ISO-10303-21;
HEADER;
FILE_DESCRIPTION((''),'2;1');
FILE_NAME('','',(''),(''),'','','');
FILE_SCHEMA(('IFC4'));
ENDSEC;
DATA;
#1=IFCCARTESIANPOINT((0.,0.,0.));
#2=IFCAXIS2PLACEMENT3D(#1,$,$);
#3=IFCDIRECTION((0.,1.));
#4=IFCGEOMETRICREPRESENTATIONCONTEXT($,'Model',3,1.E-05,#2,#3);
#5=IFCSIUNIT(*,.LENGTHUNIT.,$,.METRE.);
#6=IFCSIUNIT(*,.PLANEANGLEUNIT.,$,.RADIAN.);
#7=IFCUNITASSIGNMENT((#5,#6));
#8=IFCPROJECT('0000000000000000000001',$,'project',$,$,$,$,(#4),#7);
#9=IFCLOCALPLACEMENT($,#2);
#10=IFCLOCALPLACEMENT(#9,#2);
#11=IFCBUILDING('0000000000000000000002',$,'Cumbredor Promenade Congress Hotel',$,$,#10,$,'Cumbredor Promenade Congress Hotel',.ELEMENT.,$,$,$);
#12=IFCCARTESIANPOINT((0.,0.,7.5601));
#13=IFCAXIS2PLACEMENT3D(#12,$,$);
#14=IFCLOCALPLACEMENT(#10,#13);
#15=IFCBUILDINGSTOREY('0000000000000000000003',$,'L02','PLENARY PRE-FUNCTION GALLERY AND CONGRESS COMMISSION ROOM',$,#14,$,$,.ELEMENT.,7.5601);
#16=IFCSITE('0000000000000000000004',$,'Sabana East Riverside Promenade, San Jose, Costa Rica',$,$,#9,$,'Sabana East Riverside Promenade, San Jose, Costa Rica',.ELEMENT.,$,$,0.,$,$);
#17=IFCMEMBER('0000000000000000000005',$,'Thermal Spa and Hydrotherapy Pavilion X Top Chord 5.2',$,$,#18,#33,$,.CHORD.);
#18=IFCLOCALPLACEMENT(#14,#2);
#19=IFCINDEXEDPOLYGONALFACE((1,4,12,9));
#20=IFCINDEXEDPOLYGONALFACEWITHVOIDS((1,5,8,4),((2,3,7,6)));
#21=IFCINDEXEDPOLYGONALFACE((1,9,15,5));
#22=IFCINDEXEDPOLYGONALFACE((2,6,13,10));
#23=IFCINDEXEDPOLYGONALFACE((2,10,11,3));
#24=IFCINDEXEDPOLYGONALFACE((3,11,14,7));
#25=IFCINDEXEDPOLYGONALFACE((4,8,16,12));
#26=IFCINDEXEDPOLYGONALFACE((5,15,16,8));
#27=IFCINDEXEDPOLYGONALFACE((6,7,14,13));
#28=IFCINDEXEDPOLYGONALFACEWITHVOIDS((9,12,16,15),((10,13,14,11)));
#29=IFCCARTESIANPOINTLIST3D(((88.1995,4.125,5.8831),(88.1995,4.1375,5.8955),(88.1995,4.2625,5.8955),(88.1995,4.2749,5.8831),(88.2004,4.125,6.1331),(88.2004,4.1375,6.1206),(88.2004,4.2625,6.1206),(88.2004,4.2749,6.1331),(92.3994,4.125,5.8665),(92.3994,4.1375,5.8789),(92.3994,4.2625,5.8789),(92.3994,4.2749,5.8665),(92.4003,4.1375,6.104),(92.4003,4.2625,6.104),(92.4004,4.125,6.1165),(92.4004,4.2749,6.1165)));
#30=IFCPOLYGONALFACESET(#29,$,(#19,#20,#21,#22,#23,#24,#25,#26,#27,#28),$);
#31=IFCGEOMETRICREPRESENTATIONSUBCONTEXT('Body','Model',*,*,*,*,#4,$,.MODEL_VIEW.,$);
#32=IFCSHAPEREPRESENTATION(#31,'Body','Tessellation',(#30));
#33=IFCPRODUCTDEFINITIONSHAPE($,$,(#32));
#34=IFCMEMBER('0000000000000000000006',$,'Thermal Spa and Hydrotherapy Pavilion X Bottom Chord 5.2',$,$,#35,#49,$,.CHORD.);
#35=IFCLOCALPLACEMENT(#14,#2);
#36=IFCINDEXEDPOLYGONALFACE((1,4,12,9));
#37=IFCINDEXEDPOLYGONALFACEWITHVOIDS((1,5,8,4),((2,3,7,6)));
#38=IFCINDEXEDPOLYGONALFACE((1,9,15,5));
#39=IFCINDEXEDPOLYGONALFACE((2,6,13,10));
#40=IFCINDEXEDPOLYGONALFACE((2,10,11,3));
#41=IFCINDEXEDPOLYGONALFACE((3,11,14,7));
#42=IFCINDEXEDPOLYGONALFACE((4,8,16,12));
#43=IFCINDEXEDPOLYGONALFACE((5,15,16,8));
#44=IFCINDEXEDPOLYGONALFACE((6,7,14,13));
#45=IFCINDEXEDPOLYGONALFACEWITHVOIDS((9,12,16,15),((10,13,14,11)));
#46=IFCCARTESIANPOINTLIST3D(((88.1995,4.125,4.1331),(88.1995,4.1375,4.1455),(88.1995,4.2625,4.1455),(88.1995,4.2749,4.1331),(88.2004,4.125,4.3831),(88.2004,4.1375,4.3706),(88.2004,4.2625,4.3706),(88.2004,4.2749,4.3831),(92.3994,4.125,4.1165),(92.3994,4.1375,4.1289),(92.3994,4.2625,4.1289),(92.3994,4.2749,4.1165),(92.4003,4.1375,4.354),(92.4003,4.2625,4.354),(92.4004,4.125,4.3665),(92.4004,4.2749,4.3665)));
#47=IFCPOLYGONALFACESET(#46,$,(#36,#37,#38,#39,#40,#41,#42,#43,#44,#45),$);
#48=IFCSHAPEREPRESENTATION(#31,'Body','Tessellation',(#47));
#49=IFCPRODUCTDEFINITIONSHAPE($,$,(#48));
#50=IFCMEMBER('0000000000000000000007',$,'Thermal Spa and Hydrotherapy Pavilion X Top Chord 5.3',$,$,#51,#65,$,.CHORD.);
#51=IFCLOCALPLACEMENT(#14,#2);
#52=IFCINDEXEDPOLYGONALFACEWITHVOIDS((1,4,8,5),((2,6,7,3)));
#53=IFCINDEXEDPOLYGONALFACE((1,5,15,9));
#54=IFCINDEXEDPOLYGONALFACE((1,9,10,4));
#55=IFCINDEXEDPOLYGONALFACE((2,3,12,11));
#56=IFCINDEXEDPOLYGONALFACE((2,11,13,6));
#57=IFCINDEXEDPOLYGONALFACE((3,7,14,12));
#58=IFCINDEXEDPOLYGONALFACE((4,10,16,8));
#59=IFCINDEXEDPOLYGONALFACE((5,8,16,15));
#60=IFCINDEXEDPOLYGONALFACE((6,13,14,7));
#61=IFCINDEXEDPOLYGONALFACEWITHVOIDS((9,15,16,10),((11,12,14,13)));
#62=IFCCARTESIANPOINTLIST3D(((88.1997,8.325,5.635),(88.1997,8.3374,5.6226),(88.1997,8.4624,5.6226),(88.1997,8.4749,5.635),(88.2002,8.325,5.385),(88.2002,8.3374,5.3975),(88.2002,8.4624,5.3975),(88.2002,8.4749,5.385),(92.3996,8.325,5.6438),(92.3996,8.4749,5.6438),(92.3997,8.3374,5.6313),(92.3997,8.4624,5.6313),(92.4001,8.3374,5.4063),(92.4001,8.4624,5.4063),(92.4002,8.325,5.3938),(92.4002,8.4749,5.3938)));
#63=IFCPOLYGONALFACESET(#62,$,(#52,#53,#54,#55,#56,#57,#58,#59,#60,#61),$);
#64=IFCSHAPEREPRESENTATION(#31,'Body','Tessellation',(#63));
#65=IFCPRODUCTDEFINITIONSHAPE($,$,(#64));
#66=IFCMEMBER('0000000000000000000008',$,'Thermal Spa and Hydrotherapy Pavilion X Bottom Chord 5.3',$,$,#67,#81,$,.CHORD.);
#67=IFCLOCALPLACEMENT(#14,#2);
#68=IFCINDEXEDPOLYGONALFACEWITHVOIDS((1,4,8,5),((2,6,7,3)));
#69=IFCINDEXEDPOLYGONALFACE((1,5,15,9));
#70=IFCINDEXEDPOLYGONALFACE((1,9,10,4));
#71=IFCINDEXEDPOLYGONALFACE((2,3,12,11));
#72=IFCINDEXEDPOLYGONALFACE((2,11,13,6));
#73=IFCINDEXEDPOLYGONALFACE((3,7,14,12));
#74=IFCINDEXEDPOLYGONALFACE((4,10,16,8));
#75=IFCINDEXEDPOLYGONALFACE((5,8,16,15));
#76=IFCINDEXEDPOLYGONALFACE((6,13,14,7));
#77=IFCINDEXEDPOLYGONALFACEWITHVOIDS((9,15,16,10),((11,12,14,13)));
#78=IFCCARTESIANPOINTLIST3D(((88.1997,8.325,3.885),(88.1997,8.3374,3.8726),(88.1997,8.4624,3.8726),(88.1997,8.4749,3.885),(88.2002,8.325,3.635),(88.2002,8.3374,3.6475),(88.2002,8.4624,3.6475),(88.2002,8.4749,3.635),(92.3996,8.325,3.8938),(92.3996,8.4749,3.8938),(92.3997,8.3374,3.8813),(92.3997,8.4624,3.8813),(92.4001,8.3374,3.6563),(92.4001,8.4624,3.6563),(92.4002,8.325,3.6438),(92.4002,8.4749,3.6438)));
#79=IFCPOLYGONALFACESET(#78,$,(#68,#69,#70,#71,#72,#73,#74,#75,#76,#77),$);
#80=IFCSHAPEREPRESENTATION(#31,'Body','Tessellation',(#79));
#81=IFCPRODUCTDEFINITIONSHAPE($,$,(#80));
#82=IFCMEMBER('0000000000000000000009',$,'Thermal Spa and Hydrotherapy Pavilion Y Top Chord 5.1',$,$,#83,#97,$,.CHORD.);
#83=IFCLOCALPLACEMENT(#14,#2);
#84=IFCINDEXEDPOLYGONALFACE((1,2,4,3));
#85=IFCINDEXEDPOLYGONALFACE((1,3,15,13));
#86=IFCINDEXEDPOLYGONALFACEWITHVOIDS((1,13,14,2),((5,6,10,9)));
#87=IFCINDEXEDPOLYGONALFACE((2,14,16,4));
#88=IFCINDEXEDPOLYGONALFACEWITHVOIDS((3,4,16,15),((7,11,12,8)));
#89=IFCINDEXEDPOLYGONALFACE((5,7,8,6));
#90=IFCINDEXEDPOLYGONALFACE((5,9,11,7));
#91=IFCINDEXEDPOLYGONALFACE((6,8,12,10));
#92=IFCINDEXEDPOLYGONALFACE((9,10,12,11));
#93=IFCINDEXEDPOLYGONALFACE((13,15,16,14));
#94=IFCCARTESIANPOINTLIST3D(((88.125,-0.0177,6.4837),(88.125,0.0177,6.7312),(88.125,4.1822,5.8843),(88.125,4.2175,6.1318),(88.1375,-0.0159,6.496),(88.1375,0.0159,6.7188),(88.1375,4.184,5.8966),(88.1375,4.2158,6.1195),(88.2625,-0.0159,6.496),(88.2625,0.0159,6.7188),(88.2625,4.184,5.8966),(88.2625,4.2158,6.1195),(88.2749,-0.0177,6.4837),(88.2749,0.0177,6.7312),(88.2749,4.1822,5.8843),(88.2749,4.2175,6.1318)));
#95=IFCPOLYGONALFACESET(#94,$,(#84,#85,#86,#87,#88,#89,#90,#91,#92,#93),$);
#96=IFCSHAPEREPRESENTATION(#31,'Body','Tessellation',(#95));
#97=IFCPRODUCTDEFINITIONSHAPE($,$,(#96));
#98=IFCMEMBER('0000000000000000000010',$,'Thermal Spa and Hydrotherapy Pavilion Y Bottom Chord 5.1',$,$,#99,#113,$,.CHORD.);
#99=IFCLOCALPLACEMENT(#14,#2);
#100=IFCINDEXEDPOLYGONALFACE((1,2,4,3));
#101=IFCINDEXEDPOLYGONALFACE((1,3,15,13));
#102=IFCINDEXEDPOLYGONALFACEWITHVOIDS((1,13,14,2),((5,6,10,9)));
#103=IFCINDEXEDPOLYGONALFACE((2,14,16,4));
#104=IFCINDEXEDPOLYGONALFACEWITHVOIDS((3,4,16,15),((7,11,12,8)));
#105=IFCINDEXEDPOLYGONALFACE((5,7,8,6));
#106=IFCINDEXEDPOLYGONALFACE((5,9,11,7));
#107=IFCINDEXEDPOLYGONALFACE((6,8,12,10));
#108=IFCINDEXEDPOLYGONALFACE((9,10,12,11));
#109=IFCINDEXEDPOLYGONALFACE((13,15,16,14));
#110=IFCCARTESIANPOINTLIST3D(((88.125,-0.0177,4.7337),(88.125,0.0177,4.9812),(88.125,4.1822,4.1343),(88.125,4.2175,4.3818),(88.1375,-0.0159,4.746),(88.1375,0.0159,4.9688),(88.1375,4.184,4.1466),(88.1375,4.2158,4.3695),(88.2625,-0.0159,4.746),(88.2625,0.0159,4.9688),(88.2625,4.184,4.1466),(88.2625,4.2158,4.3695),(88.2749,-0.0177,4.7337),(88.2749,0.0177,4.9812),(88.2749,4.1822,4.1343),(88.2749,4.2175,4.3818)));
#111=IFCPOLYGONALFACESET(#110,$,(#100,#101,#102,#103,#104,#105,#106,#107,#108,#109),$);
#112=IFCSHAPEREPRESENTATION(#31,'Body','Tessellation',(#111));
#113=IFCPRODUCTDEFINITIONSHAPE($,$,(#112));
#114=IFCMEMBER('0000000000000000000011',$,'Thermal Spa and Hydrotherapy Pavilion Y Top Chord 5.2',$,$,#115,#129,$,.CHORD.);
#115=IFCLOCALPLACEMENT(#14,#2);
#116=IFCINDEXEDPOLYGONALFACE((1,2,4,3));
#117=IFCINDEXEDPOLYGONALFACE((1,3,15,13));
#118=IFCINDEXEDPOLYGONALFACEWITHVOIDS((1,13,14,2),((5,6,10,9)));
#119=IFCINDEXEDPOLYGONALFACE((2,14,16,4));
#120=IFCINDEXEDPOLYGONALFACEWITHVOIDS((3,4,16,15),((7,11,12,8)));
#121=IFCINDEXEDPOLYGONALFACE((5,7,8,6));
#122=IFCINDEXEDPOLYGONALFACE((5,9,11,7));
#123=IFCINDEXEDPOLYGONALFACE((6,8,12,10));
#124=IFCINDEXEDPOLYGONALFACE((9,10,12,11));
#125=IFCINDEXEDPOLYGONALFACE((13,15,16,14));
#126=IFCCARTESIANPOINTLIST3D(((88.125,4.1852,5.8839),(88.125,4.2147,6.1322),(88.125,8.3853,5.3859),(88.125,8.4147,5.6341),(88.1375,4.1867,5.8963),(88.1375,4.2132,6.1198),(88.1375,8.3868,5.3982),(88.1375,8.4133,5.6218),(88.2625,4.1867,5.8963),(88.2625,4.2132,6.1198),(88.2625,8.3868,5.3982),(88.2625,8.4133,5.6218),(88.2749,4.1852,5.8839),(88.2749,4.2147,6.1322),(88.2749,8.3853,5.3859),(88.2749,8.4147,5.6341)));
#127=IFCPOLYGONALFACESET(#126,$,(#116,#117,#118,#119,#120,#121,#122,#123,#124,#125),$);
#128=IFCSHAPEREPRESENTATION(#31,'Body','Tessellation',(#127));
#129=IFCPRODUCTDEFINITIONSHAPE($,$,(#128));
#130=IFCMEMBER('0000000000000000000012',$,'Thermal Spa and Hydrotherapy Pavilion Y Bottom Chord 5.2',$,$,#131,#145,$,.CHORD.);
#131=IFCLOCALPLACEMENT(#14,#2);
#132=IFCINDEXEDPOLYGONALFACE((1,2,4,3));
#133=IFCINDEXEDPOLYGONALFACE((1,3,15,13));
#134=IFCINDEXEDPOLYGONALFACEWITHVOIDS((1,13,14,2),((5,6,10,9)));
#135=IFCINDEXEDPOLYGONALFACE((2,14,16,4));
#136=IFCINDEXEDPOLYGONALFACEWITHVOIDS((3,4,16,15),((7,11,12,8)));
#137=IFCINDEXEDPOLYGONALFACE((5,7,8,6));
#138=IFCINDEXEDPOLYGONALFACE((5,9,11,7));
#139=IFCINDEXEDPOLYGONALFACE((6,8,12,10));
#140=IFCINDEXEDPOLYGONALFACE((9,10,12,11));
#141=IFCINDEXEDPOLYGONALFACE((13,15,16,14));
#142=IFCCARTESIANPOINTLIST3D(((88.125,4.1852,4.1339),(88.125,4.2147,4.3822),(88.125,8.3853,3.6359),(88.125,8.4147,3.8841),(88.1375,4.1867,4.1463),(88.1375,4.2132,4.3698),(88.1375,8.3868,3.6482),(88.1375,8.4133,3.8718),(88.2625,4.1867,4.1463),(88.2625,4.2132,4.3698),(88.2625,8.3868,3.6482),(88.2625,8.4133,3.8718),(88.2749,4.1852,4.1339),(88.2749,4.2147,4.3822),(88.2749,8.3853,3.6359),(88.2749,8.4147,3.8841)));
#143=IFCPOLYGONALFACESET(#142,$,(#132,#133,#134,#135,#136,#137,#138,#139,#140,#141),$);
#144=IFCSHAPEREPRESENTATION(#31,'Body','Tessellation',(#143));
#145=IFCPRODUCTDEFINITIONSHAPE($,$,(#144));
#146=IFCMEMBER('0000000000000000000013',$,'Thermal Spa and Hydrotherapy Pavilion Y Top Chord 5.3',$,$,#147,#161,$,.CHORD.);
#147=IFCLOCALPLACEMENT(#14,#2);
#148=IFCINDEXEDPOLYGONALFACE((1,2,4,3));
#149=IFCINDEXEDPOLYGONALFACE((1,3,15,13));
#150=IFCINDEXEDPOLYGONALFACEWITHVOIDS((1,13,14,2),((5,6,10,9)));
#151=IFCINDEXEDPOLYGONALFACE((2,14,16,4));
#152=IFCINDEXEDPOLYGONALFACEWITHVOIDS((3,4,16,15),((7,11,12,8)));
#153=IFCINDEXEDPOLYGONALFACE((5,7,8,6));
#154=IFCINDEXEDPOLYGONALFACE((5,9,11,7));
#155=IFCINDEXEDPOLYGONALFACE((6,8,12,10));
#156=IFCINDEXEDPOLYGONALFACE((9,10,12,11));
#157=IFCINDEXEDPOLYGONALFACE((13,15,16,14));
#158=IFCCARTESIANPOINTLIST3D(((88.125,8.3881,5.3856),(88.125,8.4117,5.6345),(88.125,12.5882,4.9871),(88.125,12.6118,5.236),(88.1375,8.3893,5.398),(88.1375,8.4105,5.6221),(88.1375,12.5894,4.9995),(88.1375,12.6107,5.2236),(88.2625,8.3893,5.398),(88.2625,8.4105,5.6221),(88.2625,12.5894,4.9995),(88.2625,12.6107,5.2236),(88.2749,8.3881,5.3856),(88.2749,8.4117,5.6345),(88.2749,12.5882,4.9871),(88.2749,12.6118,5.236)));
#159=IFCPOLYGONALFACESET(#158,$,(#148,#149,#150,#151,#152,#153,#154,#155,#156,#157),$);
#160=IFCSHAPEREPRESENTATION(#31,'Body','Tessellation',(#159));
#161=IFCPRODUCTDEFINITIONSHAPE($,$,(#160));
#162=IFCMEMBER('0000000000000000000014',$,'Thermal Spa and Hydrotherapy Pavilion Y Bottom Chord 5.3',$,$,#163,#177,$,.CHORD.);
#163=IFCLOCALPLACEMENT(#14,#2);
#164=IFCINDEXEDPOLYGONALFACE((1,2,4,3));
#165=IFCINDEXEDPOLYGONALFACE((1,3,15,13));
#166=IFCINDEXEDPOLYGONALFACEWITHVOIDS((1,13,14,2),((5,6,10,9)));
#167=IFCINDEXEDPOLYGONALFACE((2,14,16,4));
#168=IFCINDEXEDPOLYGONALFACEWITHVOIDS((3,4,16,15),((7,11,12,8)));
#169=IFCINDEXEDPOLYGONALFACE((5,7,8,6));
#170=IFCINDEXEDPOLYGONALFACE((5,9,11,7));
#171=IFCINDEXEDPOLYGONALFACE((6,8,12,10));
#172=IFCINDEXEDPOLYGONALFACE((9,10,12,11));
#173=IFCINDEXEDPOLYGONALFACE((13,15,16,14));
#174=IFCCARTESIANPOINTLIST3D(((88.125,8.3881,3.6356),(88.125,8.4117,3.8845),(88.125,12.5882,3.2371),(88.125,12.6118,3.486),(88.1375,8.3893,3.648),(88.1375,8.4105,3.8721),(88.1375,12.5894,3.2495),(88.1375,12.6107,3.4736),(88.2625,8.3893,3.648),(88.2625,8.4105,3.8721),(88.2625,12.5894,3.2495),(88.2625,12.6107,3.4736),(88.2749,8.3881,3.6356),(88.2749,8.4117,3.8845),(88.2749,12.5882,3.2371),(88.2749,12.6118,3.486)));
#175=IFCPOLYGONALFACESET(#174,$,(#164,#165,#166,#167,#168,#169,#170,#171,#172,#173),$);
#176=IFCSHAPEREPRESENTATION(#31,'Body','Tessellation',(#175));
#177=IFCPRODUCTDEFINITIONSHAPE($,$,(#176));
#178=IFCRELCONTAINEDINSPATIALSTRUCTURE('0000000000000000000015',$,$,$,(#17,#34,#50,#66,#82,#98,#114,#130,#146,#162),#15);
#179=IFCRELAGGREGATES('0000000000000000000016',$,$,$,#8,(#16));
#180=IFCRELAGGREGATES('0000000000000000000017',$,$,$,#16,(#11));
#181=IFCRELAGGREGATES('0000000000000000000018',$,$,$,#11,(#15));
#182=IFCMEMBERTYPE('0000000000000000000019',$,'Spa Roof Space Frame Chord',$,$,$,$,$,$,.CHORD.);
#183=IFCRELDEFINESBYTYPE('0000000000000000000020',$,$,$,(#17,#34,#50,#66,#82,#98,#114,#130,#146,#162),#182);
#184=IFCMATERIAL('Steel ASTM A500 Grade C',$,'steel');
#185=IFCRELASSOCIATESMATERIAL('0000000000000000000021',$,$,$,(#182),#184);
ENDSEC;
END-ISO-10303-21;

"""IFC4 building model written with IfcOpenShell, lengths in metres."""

from ifc_helpers import new_model, si_unit, direction, frame, origin, origin_2d, place, context, subcontext, project, spatial, hollow_rectangle, extrude, material, material_profile, profile_set, type_object, element, save


model = new_model("IFC4")

# Units and contexts
model_context = context("Model", 3, precision=1e-05, world=origin(), true_north=direction((0.0, 1.0)))
body_context = subcontext(model_context, "Body", "Model", "MODEL_VIEW")
ifc_project = project(units=[si_unit("LENGTHUNIT", "METRE"), si_unit("PLANEANGLEUNIT", "RADIAN")], contexts=[model_context])

# Site, building, storey
site_placement = place(None, origin())
site = spatial("IfcSite", under=ifc_project, at=site_placement, Name="Sabana East Riverside Promenade, San Jose, Costa Rica", LongName="Sabana East Riverside Promenade, San Jose, Costa Rica", CompositionType="ELEMENT", RefElevation=0.0)
building_placement = place(site_placement, origin())
building = spatial("IfcBuilding", under=site, at=building_placement, Name="Cumbredor Promenade Congress Hotel", LongName="Cumbredor Promenade Congress Hotel", CompositionType="ELEMENT")
storey_placement = place(building_placement, frame((0.0, 0.0, 7.5601)))
storey = spatial("IfcBuildingStorey", under=building, at=storey_placement, Name="L02", Description="PLENARY PRE-FUNCTION GALLERY AND CONGRESS COMMISSION ROOM", CompositionType="ELEMENT", Elevation=7.5601)

# Members
ifc_material_1 = material(Name="Steel ASTM A500 Grade C", Category="steel")
ifc_material_profile_1 = material_profile(ifc_material_1, hollow_rectangle(XDim=0.1499, YDim=0.25, WallThickness=0.0125, at=origin_2d()), Name="HSS 250x150x12.5")
ifc_profile_set_1 = profile_set([ifc_material_profile_1], Name="Steel ASTM A500 Grade C")
member_type_1 = type_object("IfcMemberType", Name="Spa Roof Space Frame Chord", PredefinedType="CHORD", material=ifc_profile_set_1)
for number, where, z_axis, x_axis, name in (
    (1, (88.2, 4.2, 6.0081), (0.999992, 0.0, -0.003953), (0.0, 1.0, 0.0), "Thermal Spa and Hydrotherapy Pavilion X Top Chord 5.2"),
    (2, (88.2, 4.2, 4.2581), (0.999992, 0.0, -0.003953), (0.0, 1.0, 0.0), "Thermal Spa and Hydrotherapy Pavilion X Bottom Chord 5.2"),
    (3, (88.2, 8.3999, 5.51), (0.999998, 0.0, 0.002093), (0.0, 1.0, 0.0), "Thermal Spa and Hydrotherapy Pavilion X Top Chord 5.3"),
    (4, (88.2, 8.3999, 3.76), (0.999998, 0.0, 0.002093), (0.0, 1.0, 0.0), "Thermal Spa and Hydrotherapy Pavilion X Bottom Chord 5.3"),
):
    element("IfcMember", number, at=place(storey_placement, frame(where, z_axis=z_axis, x_axis=x_axis)), inside=storey, type_object=member_type_1, Name=name, PredefinedType="CHORD", context=body_context, shape_type="SweptSolid", body=[
        extrude(hollow_rectangle(XDim=0.1499, YDim=0.25, WallThickness=0.0125, at=origin_2d()), origin(), (0.0, 0.0, 1.0), 4.2),
    ])
for number, where, z_axis, x_axis, name in (
    (5, (88.2, 0.0, 6.6074), (0.0, 0.98997, -0.141276), (-1.0, 0.0, 0.0), "Thermal Spa and Hydrotherapy Pavilion Y Top Chord 5.1"),
    (6, (88.2, 0.0, 4.8574), (0.0, 0.98997, -0.141276), (-1.0, 0.0, 0.0), "Thermal Spa and Hydrotherapy Pavilion Y Bottom Chord 5.1"),
):
    element("IfcMember", number, at=place(storey_placement, frame(where, z_axis=z_axis, x_axis=x_axis)), inside=storey, type_object=member_type_1, Name=name, PredefinedType="CHORD", context=body_context, shape_type="SweptSolid", body=[
        extrude(hollow_rectangle(XDim=0.1499, YDim=0.25, WallThickness=0.0125, at=origin_2d()), origin(), (0.0, 0.0, 1.0), 4.2424),
    ])
for number, where, z_axis, x_axis, name in (
    (7, (88.2, 4.2, 6.0081), (0.0, 0.993042, -0.117759), (-1.0, 0.0, 0.0), "Thermal Spa and Hydrotherapy Pavilion Y Top Chord 5.2"),
    (8, (88.2, 4.2, 4.2581), (0.0, 0.993042, -0.117759), (-1.0, 0.0, 0.0), "Thermal Spa and Hydrotherapy Pavilion Y Bottom Chord 5.2"),
):
    element("IfcMember", number, at=place(storey_placement, frame(where, z_axis=z_axis, x_axis=x_axis)), inside=storey, type_object=member_type_1, Name=name, PredefinedType="CHORD", context=body_context, shape_type="SweptSolid", body=[
        extrude(hollow_rectangle(XDim=0.1499, YDim=0.25, WallThickness=0.0125, at=origin_2d()), origin(), (0.0, 0.0, 1.0), 4.2295),
    ])
for number, where, z_axis, x_axis, name in (
    (9, (88.2, 8.3999, 5.51), (0.0, 0.995531, -0.094438), (-1.0, 0.0, 0.0), "Thermal Spa and Hydrotherapy Pavilion Y Top Chord 5.3"),
    (10, (88.2, 8.3999, 3.76), (0.0, 0.995531, -0.094438), (-1.0, 0.0, 0.0), "Thermal Spa and Hydrotherapy Pavilion Y Bottom Chord 5.3"),
):
    element("IfcMember", number, at=place(storey_placement, frame(where, z_axis=z_axis, x_axis=x_axis)), inside=storey, type_object=member_type_1, Name=name, PredefinedType="CHORD", context=body_context, shape_type="SweptSolid", body=[
        extrude(hollow_rectangle(XDim=0.1499, YDim=0.25, WallThickness=0.0125, at=origin_2d()), origin(), (0.0, 0.0, 1.0), 4.219),
    ])

save(model, "model.ifc")
